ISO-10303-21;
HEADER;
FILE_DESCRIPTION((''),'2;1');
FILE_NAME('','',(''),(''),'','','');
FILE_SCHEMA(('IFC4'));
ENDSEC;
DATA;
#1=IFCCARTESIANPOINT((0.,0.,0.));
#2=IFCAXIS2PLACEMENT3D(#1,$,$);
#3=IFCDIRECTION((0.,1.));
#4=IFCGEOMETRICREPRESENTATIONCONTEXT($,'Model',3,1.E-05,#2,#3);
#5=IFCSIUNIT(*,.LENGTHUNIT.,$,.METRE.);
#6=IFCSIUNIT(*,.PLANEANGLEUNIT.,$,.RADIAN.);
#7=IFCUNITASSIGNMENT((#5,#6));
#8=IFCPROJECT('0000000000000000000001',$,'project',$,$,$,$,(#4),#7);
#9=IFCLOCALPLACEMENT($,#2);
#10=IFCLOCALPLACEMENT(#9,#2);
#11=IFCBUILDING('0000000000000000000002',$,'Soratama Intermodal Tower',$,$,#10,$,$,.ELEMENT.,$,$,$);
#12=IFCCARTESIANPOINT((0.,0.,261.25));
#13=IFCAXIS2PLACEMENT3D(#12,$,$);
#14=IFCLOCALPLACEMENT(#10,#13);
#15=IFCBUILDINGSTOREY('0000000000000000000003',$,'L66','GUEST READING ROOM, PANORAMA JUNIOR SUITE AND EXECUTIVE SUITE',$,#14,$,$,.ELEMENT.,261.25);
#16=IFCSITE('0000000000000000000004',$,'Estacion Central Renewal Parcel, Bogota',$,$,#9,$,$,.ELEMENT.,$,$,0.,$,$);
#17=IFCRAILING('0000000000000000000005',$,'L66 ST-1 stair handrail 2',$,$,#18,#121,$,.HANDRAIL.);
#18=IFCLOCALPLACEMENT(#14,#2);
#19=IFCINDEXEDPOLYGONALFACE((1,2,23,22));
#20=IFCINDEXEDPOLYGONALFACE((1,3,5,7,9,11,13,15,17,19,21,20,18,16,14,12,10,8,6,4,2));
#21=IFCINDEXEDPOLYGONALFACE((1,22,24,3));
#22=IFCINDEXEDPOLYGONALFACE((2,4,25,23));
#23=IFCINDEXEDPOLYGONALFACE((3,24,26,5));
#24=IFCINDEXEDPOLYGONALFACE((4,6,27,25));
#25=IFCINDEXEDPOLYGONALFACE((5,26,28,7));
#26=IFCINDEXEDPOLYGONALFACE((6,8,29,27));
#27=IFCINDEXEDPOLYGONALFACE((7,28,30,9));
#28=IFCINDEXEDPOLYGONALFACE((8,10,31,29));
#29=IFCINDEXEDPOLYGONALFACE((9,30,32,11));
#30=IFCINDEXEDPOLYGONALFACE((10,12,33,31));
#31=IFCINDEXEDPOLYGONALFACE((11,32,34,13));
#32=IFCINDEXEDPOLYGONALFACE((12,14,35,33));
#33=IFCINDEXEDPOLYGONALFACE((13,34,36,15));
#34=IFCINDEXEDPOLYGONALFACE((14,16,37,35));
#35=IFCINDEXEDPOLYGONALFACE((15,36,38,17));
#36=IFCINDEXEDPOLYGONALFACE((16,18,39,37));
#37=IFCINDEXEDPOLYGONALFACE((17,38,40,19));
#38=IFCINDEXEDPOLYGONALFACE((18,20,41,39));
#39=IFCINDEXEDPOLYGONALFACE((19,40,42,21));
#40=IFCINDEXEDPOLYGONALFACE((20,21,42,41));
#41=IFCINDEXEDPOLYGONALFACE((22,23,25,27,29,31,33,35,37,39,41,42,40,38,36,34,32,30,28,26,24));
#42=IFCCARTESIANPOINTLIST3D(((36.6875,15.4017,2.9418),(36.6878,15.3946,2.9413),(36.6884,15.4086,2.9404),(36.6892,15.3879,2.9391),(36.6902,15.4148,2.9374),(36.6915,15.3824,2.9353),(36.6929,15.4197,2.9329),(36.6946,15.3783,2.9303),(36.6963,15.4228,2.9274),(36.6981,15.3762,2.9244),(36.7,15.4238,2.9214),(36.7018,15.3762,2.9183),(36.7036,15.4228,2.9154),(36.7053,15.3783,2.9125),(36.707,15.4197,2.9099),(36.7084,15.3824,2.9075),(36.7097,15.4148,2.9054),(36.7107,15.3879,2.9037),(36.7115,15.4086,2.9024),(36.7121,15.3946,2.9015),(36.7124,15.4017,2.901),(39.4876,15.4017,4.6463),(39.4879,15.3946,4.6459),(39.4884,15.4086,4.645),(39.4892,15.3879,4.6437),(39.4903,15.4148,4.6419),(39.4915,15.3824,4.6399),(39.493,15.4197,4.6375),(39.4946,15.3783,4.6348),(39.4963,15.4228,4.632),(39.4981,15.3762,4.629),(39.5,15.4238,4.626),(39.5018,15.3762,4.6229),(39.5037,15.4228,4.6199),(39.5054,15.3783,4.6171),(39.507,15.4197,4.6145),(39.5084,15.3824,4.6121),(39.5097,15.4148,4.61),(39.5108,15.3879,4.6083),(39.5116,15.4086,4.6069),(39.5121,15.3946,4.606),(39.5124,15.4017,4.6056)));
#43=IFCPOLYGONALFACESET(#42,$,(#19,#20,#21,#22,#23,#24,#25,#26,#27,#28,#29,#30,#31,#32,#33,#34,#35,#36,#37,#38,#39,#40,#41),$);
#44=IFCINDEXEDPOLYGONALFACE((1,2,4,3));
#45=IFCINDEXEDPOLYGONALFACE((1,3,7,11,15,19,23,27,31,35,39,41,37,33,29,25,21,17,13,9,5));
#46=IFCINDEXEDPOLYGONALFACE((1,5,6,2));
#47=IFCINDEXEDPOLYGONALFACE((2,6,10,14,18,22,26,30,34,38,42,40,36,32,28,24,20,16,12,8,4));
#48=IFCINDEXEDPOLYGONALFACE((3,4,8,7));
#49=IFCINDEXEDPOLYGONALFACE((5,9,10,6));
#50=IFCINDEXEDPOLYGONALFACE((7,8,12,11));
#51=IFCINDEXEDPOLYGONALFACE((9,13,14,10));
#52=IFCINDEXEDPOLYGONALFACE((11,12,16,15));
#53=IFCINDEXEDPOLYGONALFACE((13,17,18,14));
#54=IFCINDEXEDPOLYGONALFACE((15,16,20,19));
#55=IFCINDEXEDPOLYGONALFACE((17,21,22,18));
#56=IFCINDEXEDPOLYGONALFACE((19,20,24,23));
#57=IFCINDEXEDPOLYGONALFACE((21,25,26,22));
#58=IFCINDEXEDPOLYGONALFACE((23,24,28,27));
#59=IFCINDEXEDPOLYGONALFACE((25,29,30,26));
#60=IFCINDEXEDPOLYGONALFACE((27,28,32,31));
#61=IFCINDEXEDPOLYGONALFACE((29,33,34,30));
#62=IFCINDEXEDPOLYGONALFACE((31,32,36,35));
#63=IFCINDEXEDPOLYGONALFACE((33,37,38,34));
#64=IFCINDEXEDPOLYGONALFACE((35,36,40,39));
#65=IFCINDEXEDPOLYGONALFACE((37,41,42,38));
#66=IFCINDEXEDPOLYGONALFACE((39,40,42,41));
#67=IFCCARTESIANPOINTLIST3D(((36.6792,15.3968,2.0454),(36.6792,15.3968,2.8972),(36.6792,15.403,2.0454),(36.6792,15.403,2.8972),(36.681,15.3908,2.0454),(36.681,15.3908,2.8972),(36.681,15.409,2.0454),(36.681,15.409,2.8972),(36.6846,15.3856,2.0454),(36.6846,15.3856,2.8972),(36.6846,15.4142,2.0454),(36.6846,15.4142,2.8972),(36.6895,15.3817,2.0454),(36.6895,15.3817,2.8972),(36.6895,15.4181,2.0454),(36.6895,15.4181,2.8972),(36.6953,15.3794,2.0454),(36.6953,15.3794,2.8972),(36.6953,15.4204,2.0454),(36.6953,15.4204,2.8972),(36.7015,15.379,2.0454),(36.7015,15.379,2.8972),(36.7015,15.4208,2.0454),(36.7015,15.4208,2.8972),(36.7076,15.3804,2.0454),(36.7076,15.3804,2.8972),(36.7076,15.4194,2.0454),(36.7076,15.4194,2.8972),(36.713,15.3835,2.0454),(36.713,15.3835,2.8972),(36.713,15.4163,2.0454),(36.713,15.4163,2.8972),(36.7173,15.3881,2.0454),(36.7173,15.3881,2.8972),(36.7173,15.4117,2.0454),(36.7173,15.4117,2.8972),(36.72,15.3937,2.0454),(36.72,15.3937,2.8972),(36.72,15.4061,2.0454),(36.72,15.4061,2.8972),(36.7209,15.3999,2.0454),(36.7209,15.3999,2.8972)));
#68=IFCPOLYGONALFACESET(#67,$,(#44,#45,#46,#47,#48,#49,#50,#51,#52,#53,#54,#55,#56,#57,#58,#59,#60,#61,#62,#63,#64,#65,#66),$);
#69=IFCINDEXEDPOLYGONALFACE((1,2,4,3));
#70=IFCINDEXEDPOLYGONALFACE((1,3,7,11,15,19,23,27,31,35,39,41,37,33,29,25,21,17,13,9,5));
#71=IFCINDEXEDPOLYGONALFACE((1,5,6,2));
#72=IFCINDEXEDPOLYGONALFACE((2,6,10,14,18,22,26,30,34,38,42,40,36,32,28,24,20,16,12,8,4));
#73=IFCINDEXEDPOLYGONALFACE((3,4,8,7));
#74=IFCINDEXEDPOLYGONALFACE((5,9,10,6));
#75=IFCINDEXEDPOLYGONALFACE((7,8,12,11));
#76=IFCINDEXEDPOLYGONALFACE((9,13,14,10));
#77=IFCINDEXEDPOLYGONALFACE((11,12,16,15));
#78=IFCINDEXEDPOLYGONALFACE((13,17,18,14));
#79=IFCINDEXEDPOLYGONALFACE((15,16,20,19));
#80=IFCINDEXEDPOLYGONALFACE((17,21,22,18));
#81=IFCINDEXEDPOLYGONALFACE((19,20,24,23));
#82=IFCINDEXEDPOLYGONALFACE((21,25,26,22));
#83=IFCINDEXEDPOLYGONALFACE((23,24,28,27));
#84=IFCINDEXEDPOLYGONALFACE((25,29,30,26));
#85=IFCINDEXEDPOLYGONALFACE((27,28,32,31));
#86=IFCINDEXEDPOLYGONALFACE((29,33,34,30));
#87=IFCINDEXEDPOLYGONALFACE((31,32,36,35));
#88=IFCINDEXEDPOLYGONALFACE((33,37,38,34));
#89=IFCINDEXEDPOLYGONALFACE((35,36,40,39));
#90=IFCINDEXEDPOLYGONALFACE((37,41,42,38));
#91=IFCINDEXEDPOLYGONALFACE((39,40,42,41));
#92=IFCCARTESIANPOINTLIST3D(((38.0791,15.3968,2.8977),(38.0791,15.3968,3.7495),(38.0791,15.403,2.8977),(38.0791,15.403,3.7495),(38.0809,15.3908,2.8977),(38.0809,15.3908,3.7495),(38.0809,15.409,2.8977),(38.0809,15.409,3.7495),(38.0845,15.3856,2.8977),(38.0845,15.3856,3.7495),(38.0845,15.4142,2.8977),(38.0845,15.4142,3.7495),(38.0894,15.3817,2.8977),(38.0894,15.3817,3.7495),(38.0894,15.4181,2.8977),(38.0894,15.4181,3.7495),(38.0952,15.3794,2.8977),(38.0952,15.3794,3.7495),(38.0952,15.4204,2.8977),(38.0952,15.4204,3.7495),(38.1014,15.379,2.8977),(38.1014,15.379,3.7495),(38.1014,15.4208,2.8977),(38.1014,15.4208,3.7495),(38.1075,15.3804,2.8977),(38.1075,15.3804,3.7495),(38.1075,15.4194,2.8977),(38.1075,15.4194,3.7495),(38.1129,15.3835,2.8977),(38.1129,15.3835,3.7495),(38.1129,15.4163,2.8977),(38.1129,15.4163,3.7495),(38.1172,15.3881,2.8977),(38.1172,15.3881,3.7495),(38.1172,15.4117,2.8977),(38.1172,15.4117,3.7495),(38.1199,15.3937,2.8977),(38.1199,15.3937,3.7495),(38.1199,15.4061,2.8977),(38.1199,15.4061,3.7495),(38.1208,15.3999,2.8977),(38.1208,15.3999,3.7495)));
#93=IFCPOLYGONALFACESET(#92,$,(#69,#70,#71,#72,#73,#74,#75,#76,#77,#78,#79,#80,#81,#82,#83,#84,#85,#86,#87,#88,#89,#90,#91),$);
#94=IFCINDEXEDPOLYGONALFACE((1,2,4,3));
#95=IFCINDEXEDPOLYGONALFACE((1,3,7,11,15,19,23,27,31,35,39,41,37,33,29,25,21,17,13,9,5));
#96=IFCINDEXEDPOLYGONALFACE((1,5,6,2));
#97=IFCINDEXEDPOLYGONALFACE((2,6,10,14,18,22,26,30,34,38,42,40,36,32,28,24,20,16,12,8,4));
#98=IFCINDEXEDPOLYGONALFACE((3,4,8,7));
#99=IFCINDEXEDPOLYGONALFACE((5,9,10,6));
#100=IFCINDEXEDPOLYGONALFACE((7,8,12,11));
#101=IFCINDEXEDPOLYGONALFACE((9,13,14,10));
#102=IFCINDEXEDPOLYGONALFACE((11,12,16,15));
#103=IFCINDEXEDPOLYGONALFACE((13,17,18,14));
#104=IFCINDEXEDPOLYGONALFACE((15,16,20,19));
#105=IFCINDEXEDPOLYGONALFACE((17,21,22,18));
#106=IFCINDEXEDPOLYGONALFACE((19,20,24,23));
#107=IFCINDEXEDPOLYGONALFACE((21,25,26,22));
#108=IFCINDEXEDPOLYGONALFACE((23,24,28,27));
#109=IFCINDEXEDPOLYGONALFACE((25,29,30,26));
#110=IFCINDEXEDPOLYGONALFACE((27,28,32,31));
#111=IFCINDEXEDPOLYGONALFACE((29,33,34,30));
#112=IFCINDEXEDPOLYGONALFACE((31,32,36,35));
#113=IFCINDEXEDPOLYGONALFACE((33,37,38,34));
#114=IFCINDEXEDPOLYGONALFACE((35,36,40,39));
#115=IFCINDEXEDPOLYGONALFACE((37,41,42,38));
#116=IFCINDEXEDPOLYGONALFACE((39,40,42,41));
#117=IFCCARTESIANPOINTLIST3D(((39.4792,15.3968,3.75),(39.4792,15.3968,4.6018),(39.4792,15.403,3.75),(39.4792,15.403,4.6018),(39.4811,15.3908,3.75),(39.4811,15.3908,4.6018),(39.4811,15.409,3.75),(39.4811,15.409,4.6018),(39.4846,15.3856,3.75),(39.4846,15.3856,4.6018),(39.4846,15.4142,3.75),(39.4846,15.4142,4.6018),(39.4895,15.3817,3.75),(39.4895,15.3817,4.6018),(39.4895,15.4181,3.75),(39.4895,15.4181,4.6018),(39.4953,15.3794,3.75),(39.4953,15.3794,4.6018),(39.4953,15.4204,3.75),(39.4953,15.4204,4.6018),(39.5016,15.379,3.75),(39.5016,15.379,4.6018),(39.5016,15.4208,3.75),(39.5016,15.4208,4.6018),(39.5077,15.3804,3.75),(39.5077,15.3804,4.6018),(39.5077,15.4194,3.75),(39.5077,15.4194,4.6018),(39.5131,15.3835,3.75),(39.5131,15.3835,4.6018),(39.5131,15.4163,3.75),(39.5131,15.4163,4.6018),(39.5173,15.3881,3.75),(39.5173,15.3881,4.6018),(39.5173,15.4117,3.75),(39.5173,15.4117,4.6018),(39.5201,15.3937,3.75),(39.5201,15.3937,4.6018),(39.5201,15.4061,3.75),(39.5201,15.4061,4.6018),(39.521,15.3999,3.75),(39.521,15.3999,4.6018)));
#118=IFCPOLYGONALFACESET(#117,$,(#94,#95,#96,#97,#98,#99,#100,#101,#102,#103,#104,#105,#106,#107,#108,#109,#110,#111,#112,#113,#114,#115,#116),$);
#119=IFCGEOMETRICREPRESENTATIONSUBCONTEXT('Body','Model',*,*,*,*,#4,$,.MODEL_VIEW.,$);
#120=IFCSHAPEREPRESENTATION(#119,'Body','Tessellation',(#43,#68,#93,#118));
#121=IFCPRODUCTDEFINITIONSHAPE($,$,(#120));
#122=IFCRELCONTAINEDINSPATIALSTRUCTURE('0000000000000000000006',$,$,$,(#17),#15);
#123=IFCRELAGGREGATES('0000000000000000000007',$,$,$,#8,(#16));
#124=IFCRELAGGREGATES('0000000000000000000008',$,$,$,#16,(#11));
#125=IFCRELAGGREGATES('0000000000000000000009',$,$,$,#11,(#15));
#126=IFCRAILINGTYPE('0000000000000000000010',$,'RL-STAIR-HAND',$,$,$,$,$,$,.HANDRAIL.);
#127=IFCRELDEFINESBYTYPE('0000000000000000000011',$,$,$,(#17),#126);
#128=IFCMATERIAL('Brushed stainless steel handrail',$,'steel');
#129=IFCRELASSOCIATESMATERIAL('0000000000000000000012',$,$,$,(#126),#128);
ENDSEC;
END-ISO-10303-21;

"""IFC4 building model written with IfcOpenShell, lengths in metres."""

from ifc_helpers import new_model, si_unit, direction, frame, origin, origin_2d, place, context, subcontext, project, spatial, circle, extrude, material, type_object, element, save


model = new_model("IFC4")

# Units and contexts
model_context = context("Model", 3, precision=1e-05, world=origin(), true_north=direction((0.0, 1.0)))
body_context = subcontext(model_context, "Body", "Model", "MODEL_VIEW")
ifc_project = project(units=[si_unit("LENGTHUNIT", "METRE"), si_unit("PLANEANGLEUNIT", "RADIAN")], contexts=[model_context])

# Site, building, storey
site_placement = place(None, origin())
site = spatial("IfcSite", under=ifc_project, at=site_placement, Name="Estacion Central Renewal Parcel, Bogota", CompositionType="ELEMENT", RefElevation=0.0)
building_placement = place(site_placement, origin())
building = spatial("IfcBuilding", under=site, at=building_placement, Name="Soratama Intermodal Tower", CompositionType="ELEMENT")
storey_placement = place(building_placement, frame((0.0, 0.0, 261.25)))
storey = spatial("IfcBuildingStorey", under=building, at=storey_placement, Name="L66", Description="GUEST READING ROOM, PANORAMA JUNIOR SUITE AND EXECUTIVE SUITE", CompositionType="ELEMENT", Elevation=261.25)

# Railing
ifc_material_1 = material(Name="Brushed stainless steel handrail", Category="steel")
railing_type_1 = type_object("IfcRailingType", Name="RL-STAIR-HAND", PredefinedType="HANDRAIL", material=ifc_material_1)
railing_1_placement = place(storey_placement, frame((36.7, 15.3999, 2.0454)))
element("IfcRailing", 1, at=railing_1_placement, inside=storey, type_object=railing_type_1, Name="L66 ST-1 stair handrail 2", PredefinedType="HANDRAIL", context=body_context, shape_type="SweptSolid", body=[
    extrude(circle(Radius=0.0239, at=origin_2d()), frame((0.0, 0.0, 0.876), z_axis=(0.85417, 0.0, 0.519994), x_axis=(0.0, 1.0, 0.0)), (0.0, 0.0, 1.0), 3.2781),
    extrude(circle(Radius=0.021, at=origin_2d()), origin(), (0.0, 0.0, 1.0), 0.8518),
    extrude(circle(Radius=0.021, at=origin_2d()), frame((1.3999, 0.0, 0.8523)), (0.0, 0.0, 1.0), 0.8518),
    extrude(circle(Radius=0.021, at=origin_2d()), frame((2.8, 0.0, 1.7046)), (0.0, 0.0, 1.0), 0.8518),
])

save(model, "model.ifc")
